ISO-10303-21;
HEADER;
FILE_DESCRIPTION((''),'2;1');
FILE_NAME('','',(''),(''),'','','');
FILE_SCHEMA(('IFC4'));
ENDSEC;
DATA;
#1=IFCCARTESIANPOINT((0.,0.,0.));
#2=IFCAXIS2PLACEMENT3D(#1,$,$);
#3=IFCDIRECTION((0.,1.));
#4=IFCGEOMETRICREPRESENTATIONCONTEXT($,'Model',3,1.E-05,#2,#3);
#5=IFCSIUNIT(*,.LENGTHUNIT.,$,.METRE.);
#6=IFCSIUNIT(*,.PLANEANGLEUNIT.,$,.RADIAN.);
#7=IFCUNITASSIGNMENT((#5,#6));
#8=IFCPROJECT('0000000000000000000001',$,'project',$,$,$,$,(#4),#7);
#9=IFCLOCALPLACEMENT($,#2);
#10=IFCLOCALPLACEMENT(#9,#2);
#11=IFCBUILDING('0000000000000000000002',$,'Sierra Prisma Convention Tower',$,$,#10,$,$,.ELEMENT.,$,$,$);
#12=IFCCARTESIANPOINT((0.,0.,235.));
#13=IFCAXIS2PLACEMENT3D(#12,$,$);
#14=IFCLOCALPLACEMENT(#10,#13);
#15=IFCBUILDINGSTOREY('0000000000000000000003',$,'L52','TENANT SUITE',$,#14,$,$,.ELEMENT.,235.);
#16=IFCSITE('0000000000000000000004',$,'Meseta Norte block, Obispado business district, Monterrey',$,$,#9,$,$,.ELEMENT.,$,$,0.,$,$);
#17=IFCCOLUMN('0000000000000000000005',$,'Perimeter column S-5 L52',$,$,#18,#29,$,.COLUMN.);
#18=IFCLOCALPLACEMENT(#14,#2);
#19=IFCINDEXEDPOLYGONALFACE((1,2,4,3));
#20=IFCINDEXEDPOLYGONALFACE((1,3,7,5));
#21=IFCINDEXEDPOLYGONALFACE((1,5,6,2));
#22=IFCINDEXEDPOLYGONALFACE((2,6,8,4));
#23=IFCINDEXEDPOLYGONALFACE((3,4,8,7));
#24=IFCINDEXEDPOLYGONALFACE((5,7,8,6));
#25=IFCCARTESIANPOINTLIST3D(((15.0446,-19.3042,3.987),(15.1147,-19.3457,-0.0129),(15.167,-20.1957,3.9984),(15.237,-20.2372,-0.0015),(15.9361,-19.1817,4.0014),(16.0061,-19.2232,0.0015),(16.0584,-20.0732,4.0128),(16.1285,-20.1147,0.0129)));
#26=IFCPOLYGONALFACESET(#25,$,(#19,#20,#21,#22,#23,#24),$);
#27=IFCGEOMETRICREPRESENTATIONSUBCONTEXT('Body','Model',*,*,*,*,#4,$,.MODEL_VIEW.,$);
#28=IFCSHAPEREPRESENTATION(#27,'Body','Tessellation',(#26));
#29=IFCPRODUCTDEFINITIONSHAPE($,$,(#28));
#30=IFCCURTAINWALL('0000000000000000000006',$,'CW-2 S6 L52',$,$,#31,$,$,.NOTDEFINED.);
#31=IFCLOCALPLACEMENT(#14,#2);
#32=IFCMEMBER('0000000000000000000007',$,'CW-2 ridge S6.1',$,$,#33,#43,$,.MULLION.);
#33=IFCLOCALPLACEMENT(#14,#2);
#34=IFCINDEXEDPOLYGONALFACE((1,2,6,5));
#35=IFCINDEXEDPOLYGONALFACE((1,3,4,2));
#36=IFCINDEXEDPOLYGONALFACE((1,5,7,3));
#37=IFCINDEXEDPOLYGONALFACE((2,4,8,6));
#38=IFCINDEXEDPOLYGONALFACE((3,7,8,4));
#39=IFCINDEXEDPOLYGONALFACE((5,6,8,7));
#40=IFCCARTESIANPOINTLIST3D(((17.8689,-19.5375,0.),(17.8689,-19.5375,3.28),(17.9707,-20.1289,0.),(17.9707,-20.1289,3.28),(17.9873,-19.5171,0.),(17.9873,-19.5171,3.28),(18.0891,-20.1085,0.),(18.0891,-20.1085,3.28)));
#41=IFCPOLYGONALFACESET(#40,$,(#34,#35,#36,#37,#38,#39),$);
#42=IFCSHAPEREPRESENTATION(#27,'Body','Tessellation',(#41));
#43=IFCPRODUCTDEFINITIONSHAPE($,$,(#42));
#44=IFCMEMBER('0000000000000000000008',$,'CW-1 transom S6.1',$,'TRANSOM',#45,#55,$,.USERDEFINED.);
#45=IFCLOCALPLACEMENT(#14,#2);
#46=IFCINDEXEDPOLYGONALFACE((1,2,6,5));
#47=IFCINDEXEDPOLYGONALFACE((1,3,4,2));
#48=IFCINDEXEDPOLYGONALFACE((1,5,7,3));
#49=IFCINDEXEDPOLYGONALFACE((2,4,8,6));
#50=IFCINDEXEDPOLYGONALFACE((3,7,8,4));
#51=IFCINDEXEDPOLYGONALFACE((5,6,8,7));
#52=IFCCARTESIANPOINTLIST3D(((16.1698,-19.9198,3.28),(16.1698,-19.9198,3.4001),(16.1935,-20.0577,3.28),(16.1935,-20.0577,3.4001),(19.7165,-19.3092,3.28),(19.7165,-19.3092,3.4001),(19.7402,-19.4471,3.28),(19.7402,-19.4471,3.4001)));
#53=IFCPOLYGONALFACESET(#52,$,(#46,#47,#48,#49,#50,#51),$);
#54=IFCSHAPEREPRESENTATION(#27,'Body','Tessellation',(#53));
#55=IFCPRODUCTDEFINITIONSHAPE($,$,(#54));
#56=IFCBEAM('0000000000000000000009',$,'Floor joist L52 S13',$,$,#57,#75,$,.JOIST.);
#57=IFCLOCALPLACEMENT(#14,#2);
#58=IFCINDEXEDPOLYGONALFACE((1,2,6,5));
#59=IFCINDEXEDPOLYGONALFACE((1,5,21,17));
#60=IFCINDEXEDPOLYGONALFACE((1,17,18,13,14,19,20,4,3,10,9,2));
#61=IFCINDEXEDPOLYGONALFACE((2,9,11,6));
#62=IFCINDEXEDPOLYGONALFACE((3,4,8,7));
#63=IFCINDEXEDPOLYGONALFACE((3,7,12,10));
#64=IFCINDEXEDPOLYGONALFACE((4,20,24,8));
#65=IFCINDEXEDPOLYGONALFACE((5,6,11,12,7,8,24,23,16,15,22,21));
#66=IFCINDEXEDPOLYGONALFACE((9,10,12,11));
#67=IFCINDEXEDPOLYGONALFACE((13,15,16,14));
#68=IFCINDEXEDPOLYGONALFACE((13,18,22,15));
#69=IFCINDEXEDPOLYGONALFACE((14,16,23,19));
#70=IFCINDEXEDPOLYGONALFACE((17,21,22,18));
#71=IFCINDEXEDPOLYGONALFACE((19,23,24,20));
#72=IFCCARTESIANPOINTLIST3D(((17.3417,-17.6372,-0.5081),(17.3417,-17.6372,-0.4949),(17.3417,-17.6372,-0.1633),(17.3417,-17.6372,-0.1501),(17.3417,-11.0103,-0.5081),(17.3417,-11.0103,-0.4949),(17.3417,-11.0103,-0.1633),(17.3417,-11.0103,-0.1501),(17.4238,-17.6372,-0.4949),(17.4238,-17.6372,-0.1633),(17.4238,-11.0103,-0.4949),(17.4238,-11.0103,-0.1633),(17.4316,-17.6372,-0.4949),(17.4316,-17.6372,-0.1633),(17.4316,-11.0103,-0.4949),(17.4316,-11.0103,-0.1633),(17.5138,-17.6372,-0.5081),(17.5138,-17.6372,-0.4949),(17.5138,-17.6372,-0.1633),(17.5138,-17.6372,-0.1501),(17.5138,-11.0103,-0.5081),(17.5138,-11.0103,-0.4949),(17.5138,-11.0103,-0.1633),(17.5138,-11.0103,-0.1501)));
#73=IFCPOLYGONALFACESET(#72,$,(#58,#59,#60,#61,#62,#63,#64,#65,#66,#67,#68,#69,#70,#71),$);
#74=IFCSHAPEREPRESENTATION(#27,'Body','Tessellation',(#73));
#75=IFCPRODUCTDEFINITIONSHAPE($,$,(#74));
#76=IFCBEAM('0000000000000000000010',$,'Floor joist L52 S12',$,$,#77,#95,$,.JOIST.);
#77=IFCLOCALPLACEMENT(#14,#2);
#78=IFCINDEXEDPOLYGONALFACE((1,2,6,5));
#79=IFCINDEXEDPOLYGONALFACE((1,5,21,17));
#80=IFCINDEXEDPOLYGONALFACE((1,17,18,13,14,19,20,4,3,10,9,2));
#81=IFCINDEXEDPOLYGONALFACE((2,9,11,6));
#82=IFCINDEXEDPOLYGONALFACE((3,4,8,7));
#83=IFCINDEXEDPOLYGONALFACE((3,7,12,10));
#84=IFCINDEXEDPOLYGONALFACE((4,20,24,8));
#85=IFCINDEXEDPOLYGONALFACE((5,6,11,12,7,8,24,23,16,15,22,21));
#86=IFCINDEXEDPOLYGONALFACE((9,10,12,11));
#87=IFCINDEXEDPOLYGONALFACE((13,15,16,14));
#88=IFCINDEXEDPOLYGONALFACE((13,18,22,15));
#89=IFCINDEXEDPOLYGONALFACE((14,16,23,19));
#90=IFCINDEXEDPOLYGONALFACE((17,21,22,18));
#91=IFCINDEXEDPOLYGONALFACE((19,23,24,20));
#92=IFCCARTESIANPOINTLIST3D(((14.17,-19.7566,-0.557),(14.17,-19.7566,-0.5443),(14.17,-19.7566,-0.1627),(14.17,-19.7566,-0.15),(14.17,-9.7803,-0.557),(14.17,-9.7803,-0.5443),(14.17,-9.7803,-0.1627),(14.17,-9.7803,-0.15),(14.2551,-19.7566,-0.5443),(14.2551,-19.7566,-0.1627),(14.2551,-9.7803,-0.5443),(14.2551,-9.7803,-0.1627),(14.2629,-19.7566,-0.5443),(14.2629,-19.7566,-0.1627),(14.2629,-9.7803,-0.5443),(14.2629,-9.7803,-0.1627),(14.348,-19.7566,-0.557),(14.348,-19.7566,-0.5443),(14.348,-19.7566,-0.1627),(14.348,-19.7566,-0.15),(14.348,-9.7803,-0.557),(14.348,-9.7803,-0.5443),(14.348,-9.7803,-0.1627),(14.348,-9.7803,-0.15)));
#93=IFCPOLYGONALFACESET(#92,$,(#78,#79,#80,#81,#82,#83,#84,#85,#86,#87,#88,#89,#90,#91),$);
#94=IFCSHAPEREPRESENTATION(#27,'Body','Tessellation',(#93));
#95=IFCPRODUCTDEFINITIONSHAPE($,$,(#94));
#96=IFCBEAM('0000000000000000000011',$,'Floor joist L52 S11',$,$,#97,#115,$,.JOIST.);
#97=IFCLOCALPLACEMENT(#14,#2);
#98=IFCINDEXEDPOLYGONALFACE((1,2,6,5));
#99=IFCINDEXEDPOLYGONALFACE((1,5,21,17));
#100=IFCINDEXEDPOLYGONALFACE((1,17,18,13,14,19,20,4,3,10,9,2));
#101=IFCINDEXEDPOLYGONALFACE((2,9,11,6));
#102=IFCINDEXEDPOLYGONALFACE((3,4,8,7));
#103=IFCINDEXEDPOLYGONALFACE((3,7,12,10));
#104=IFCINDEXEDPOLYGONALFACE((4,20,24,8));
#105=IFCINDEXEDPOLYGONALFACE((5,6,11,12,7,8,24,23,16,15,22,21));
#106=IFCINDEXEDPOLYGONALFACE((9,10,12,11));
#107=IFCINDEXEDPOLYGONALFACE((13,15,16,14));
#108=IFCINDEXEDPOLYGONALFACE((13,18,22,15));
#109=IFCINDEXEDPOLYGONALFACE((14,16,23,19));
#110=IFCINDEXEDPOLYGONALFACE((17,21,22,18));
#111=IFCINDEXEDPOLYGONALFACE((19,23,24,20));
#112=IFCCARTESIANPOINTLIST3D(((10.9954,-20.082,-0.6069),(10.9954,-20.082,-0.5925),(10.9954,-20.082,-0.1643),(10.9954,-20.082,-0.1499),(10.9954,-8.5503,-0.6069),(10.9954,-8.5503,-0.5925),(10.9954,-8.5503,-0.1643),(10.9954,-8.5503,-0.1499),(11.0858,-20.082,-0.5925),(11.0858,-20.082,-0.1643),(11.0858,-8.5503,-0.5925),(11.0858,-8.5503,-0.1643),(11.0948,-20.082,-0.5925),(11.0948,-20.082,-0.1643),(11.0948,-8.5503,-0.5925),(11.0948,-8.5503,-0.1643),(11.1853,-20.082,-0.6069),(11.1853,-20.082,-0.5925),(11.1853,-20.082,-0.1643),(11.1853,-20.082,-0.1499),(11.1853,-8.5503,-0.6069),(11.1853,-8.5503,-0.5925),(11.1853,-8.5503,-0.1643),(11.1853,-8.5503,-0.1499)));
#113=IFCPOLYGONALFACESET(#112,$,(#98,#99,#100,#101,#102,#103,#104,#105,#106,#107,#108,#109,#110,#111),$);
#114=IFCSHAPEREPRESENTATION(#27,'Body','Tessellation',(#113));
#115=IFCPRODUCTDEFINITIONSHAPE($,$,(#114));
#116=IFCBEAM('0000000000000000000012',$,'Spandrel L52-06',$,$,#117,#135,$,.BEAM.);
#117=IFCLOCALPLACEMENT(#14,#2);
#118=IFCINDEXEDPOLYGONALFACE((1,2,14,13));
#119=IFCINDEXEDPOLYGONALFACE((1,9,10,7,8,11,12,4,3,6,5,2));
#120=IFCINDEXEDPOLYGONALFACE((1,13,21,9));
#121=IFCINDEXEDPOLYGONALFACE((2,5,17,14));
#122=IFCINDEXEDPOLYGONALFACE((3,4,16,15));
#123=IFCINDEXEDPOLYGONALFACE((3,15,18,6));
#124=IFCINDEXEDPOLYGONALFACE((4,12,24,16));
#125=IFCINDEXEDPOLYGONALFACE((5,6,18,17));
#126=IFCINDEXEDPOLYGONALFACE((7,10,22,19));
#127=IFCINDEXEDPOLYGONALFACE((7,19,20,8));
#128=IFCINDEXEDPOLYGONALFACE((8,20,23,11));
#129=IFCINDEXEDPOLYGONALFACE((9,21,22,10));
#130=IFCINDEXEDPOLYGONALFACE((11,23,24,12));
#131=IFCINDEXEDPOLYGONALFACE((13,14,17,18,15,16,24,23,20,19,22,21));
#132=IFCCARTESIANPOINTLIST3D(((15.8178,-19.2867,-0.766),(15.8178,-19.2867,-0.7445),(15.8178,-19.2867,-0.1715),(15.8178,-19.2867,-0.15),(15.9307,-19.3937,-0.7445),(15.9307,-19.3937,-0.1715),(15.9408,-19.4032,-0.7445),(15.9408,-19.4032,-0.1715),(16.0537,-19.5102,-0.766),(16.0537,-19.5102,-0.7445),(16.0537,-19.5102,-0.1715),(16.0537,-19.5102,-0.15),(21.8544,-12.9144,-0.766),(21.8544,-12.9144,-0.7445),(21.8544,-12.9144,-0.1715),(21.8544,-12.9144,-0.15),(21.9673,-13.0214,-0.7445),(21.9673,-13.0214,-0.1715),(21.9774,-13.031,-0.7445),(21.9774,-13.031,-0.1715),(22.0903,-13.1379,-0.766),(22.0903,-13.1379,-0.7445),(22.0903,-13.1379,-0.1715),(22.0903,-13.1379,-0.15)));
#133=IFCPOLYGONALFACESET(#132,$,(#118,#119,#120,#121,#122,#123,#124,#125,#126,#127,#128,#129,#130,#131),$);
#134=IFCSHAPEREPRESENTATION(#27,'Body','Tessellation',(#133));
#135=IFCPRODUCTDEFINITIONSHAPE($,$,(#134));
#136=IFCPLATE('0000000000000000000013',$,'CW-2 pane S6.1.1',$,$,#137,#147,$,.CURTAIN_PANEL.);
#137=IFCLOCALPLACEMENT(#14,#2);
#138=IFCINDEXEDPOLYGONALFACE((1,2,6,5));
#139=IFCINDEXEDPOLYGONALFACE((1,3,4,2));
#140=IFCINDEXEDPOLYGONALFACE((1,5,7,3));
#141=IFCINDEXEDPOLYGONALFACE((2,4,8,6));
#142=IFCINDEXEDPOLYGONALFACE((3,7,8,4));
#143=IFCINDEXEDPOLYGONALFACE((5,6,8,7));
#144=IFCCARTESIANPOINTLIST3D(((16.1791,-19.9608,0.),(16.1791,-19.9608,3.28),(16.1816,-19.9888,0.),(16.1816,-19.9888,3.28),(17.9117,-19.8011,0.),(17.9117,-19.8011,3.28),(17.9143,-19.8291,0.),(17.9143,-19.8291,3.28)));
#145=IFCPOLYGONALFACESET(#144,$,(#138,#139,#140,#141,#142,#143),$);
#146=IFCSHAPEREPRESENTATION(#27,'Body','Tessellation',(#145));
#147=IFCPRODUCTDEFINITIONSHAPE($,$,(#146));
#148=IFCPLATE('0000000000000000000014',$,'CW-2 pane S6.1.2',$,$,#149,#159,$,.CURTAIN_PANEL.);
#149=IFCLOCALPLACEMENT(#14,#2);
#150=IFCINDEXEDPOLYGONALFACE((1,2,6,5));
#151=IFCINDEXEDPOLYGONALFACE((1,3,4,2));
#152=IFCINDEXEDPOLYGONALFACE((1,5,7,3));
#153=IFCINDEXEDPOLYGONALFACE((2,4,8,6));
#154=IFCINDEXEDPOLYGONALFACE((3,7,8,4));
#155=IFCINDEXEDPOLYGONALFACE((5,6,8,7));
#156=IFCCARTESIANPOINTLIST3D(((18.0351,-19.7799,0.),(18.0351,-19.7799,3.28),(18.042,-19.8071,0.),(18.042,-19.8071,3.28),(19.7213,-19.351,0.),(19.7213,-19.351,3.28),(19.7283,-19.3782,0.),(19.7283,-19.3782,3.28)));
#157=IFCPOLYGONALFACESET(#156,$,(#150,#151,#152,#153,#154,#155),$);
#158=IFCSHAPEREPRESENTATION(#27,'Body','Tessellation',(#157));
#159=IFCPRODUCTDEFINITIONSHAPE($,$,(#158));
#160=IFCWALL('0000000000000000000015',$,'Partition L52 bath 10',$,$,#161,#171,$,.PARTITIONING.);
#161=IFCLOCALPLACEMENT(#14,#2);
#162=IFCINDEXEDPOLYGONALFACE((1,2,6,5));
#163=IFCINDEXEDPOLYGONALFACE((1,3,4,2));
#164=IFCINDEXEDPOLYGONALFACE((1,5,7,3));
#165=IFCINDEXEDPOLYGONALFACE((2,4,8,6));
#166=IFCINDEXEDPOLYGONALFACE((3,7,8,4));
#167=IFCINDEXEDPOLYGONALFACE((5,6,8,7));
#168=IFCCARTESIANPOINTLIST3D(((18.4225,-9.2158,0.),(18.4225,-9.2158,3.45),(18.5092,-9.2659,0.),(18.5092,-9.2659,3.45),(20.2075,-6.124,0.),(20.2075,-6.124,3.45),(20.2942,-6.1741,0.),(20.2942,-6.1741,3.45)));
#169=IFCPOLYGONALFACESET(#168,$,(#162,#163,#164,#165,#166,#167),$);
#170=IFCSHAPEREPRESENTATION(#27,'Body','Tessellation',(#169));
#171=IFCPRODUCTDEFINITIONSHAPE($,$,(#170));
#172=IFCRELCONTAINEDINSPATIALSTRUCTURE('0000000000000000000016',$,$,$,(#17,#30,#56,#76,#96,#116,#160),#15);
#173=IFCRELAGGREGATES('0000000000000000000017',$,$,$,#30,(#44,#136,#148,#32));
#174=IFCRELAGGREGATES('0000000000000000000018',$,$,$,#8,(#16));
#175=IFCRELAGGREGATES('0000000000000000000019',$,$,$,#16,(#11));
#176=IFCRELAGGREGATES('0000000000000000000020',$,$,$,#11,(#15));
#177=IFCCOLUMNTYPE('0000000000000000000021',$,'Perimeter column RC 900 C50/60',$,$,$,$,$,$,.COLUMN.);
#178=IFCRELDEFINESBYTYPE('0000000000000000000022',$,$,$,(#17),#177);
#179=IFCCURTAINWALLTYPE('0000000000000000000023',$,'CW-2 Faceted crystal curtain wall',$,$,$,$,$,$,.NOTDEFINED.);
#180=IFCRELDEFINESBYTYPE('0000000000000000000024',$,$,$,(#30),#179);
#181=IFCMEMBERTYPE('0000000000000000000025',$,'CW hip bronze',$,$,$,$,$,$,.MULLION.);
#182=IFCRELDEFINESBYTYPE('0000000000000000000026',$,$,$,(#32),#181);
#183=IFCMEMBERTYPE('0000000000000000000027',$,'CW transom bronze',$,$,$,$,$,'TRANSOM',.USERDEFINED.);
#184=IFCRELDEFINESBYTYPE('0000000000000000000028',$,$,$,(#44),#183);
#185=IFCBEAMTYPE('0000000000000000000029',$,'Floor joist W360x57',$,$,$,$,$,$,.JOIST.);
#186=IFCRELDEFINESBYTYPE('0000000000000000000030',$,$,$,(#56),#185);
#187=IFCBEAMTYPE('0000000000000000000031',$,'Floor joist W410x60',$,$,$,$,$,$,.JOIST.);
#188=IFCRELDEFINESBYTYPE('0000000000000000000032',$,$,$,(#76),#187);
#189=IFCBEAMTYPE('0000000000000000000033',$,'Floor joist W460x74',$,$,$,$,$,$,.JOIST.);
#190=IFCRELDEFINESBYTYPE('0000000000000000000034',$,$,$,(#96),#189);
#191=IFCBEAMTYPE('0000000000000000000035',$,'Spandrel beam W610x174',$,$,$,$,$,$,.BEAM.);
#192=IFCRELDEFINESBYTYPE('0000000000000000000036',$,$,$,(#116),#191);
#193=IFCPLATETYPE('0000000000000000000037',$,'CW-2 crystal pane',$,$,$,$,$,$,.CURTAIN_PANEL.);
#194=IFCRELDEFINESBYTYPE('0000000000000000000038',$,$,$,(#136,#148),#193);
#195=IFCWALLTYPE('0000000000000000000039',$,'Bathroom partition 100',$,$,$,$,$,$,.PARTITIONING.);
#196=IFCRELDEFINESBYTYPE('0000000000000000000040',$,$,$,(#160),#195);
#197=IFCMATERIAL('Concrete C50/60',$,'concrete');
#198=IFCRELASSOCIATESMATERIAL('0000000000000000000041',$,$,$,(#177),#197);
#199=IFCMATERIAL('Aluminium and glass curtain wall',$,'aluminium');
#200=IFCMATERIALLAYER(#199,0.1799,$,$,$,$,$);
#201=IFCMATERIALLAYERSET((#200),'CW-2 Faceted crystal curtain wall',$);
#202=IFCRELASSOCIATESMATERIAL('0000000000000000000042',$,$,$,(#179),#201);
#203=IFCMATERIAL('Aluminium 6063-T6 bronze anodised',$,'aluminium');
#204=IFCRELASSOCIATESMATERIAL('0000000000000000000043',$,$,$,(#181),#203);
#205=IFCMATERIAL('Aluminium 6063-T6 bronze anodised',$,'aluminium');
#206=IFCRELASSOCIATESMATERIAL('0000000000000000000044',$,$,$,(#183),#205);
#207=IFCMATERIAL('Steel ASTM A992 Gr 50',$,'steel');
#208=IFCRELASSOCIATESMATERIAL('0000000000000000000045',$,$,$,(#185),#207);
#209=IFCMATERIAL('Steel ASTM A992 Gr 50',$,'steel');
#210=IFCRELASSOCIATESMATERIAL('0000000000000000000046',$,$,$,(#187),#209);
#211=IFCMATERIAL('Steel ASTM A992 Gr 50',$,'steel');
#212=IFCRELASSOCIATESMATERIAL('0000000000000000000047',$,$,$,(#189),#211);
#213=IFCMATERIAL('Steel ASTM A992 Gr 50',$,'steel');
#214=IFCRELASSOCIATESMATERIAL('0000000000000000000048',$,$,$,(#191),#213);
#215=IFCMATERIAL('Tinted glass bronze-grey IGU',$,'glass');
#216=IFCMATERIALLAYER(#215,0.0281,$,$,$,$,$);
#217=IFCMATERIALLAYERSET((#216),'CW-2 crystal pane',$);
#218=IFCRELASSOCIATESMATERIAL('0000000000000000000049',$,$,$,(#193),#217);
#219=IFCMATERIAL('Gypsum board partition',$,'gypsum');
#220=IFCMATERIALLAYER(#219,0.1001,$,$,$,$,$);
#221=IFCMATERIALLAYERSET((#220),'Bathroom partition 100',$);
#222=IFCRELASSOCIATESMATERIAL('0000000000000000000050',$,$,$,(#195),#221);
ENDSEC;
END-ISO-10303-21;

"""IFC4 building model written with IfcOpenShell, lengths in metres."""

from ifc_helpers import new_model, si_unit, direction, frame, frame_2d, origin, origin_2d, place, context, subcontext, project, spatial, polyline, rectangle, i_section, outline, extrude, material, layer, layer_set, material_profile, profile_set, type_object, element, aggregate, save


model = new_model("IFC4")

# Units and contexts
model_context = context("Model", 3, precision=1e-05, world=origin(), true_north=direction((0.0, 1.0)))
body_context = subcontext(model_context, "Body", "Model", "MODEL_VIEW")
ifc_project = project(units=[si_unit("LENGTHUNIT", "METRE"), si_unit("PLANEANGLEUNIT", "RADIAN")], contexts=[model_context])

# Site, building, storey
site_placement = place(None, origin())
site = spatial("IfcSite", under=ifc_project, at=site_placement, Name="Meseta Norte block, Obispado business district, Monterrey", CompositionType="ELEMENT", RefElevation=0.0)
building_placement = place(site_placement, origin())
building = spatial("IfcBuilding", under=site, at=building_placement, Name="Sierra Prisma Convention Tower", CompositionType="ELEMENT")
storey_placement = place(building_placement, frame((0.0, 0.0, 235.0)))
storey = spatial("IfcBuildingStorey", under=building, at=storey_placement, Name="L52", Description="TENANT SUITE", CompositionType="ELEMENT", Elevation=235.0)

# Column
ifc_material_1 = material(Name="Concrete C50/60", Category="concrete")
ifc_material_profile_1 = material_profile(ifc_material_1, rectangle(XDim=0.8999, YDim=0.8999, at=origin_2d()), Name="Perimeter column RC 900 C50/60")
ifc_profile_set_1 = profile_set([ifc_material_profile_1], Name="Concrete C50/60")
column_type = type_object("IfcColumnType", Name="Perimeter column RC 900 C50/60", PredefinedType="COLUMN", material=ifc_profile_set_1)
column_placement = place(storey_placement, frame((15.6216, -19.7302, 0.0), z_axis=(-0.017513, 0.010374, 0.999793), x_axis=(0.990562, 0.136134, 0.015939)))
element("IfcColumn", 1, at=column_placement, inside=storey, type_object=column_type, Name="Perimeter column S-5 L52", PredefinedType="COLUMN", context=body_context, shape_type="SweptSolid", body=[
    extrude(rectangle(XDim=0.8999, YDim=0.8999, at=origin_2d()), origin(), (0.0, 0.0, 1.0), 4.0007),
])

# Curtain wall, members
ifc_material_2 = material(Name="Aluminium and glass curtain wall", Category="aluminium")
ifc_layer_1 = layer(ifc_material_2, 0.1799)
ifc_layer_set_1 = layer_set([ifc_layer_1], Name="CW-2 Faceted crystal curtain wall")
curtain_wall_type = type_object("IfcCurtainWallType", Name="CW-2 Faceted crystal curtain wall", PredefinedType="NOTDEFINED", material=ifc_layer_set_1)
curtain_wall_placement = place(storey_placement, origin())
curtain_wall = element("IfcCurtainWall", 2, at=curtain_wall_placement, inside=storey, type_object=curtain_wall_type, Name="CW-2 S6 L52", PredefinedType="NOTDEFINED")
ifc_material_3 = material(Name="Aluminium 6063-T6 bronze anodised", Category="aluminium")
ifc_material_profile_2 = material_profile(ifc_material_3, rectangle(XDim=0.1201, YDim=0.6001, at=origin_2d()), Name="ALU RIDGE BLADE 120x600")
ifc_profile_set_2 = profile_set([ifc_material_profile_2], Name="Aluminium 6063-T6 bronze anodised")
member_type_1 = type_object("IfcMemberType", Name="CW hip bronze", PredefinedType="MULLION", material=ifc_profile_set_2)
member_1_placement = place(storey_placement, frame((17.979, -19.823, 0.0), z_axis=(0.0, 0.0, 1.0), x_axis=(0.985504, 0.169655, 0.0)))
member_1 = element("IfcMember", 3, at=member_1_placement, type_object=member_type_1, Name="CW-2 ridge S6.1", PredefinedType="MULLION", context=body_context, shape_type="SweptSolid", body=[
    extrude(rectangle(XDim=0.1201, YDim=0.6001, at=origin_2d()), origin(), (0.0, 0.0, 1.0), 3.28),
])
ifc_material_4 = material(Name="Aluminium 6063-T6 bronze anodised", Category="aluminium")
ifc_material_profile_3 = material_profile(ifc_material_4, rectangle(XDim=0.1399, YDim=0.1201, at=origin_2d()), Name="ALU TRANSOM 120x140")
ifc_profile_set_3 = profile_set([ifc_material_profile_3], Name="Aluminium 6063-T6 bronze anodised")
member_type_2 = type_object("IfcMemberType", Name="CW transom bronze", ElementType="TRANSOM", PredefinedType="USERDEFINED", material=ifc_profile_set_3)
member_2_placement = place(storey_placement, frame((16.1816, -19.9888, 3.3401), z_axis=(0.985502, 0.169666, 0.0), x_axis=(-0.169666, 0.985502, 0.0)))
member_2 = element("IfcMember", 4, at=member_2_placement, type_object=member_type_2, Name="CW-1 transom S6.1", ObjectType="TRANSOM", PredefinedType="USERDEFINED", context=body_context, shape_type="SweptSolid", body=[
    extrude(rectangle(XDim=0.1399, YDim=0.1201, at=origin_2d()), origin(), (0.0, 0.0, 1.0), 3.5989),
])

# Beams
ifc_material_5 = material(Name="Steel ASTM A992 Gr 50", Category="steel")
ifc_material_profile_4 = material_profile(ifc_material_5, i_section(OverallWidth=0.1721, OverallDepth=0.3579, WebThickness=0.0078, FlangeThickness=0.0132, at=origin_2d()), Name="W360x57")
ifc_profile_set_4 = profile_set([ifc_material_profile_4], Name="Steel ASTM A992 Gr 50")
beam_type_1 = type_object("IfcBeamType", Name="Floor joist W360x57", PredefinedType="JOIST", material=ifc_profile_set_4)
beam_1_placement = place(storey_placement, frame((17.4277, -17.6372, -0.3291), z_axis=(0.0, 1.0, 0.0), x_axis=(-1.0, 0.0, 0.0)))
element("IfcBeam", 5, at=beam_1_placement, inside=storey, type_object=beam_type_1, Name="Floor joist L52 S13", PredefinedType="JOIST", context=body_context, shape_type="SweptSolid", body=[
    extrude(i_section(OverallWidth=0.1721, OverallDepth=0.3579, WebThickness=0.0078, FlangeThickness=0.0132, at=origin_2d()), origin(), (0.0, 0.0, 1.0), 6.627),
])
ifc_material_6 = material(Name="Steel ASTM A992 Gr 50", Category="steel")
ifc_material_profile_5 = material_profile(ifc_material_6, i_section(OverallWidth=0.178, OverallDepth=0.407, WebThickness=0.0078, FlangeThickness=0.0127, at=origin_2d()), Name="W410x60")
ifc_profile_set_5 = profile_set([ifc_material_profile_5], Name="Steel ASTM A992 Gr 50")
beam_type_2 = type_object("IfcBeamType", Name="Floor joist W410x60", PredefinedType="JOIST", material=ifc_profile_set_5)
beam_2_placement = place(storey_placement, frame((14.259, -19.7566, -0.3535), z_axis=(0.0, 1.0, 0.0), x_axis=(-1.0, 0.0, 0.0)))
element("IfcBeam", 6, at=beam_2_placement, inside=storey, type_object=beam_type_2, Name="Floor joist L52 S12", PredefinedType="JOIST", context=body_context, shape_type="SweptSolid", body=[
    extrude(i_section(OverallWidth=0.178, OverallDepth=0.407, WebThickness=0.0078, FlangeThickness=0.0127, at=origin_2d()), origin(), (0.0, 0.0, 1.0), 9.9763),
])
ifc_material_7 = material(Name="Steel ASTM A992 Gr 50", Category="steel")
ifc_material_profile_6 = material_profile(ifc_material_7, i_section(OverallWidth=0.1899, OverallDepth=0.457, WebThickness=0.009, FlangeThickness=0.0144, at=origin_2d()), Name="W460x74")
ifc_profile_set_6 = profile_set([ifc_material_profile_6], Name="Steel ASTM A992 Gr 50")
beam_type_3 = type_object("IfcBeamType", Name="Floor joist W460x74", PredefinedType="JOIST", material=ifc_profile_set_6)
beam_3_placement = place(storey_placement, frame((11.0903, -20.082, -0.3784), z_axis=(0.0, 1.0, 0.0), x_axis=(-1.0, 0.0, 0.0)))
element("IfcBeam", 7, at=beam_3_placement, inside=storey, type_object=beam_type_3, Name="Floor joist L52 S11", PredefinedType="JOIST", context=body_context, shape_type="SweptSolid", body=[
    extrude(i_section(OverallWidth=0.1899, OverallDepth=0.457, WebThickness=0.009, FlangeThickness=0.0144, at=origin_2d()), origin(), (0.0, 0.0, 1.0), 11.5317),
])
ifc_material_8 = material(Name="Steel ASTM A992 Gr 50", Category="steel")
ifc_material_profile_7 = material_profile(ifc_material_8, i_section(OverallWidth=0.325, OverallDepth=0.616, WebThickness=0.0139, FlangeThickness=0.0215, at=origin_2d()), Name="W610x174")
ifc_profile_set_7 = profile_set([ifc_material_profile_7], Name="Steel ASTM A992 Gr 50")
beam_type_4 = type_object("IfcBeamType", Name="Spandrel beam W610x174", PredefinedType="BEAM", material=ifc_profile_set_7)
beam_4_placement = place(storey_placement, frame((15.9358, -19.3984, -0.458), z_axis=(0.687726, 0.72597, 0.0), x_axis=(-0.72597, 0.687726, 0.0)))
element("IfcBeam", 8, at=beam_4_placement, inside=storey, type_object=beam_type_4, Name="Spandrel L52-06", PredefinedType="BEAM", context=body_context, shape_type="SweptSolid", body=[
    extrude(i_section(OverallWidth=0.325, OverallDepth=0.616, WebThickness=0.0139, FlangeThickness=0.0215, at=origin_2d()), origin(), (0.0, 0.0, 1.0), 8.7776),
])

# Plates
ifc_material_9 = material(Name="Tinted glass bronze-grey IGU", Category="glass")
ifc_layer_2 = layer(ifc_material_9, 0.0281)
ifc_layer_set_2 = layer_set([ifc_layer_2], Name="CW-2 crystal pane")
plate_type = type_object("IfcPlateType", Name="CW-2 crystal pane", PredefinedType="CURTAIN_PANEL", material=ifc_layer_set_2)
plate_1_placement = place(storey_placement, frame((16.1816, -19.9888, 0.0), z_axis=(0.091763, -0.995781, 0.0), x_axis=(0.995781, 0.091763, 0.0)))
plate_1 = element("IfcPlate", 9, at=plate_1_placement, type_object=plate_type, Name="CW-2 pane S6.1.1", PredefinedType="CURTAIN_PANEL", context=body_context, shape_type="SweptSolid", body=[
    extrude(outline(polyline([(0.0, 0.0), (1.74, 0.0), (1.74, 3.28), (0.0, 3.28), (0.0, 0.0)])), origin(), (0.0, 0.0, -1.0), 0.0281),
])
plate_2_placement = place(storey_placement, frame((19.7283, -19.3782, 0.0), z_axis=(0.246528, -0.969136, 0.0), x_axis=(-0.969136, -0.246528, 0.0)))
plate_2 = element("IfcPlate", 10, at=plate_2_placement, type_object=plate_type, Name="CW-2 pane S6.1.2", PredefinedType="CURTAIN_PANEL", context=body_context, shape_type="SweptSolid", body=[
    extrude(outline(polyline([(0.0, 0.0), (1.74, 0.0), (1.74, -3.28), (0.0, -3.28), (0.0, 0.0)])), origin(), (0.0, 0.0, -1.0), 0.0281),
])
aggregate(curtain_wall, [member_2, plate_1, plate_2, member_1])

# Wall
ifc_material_10 = material(Name="Gypsum board partition", Category="gypsum")
ifc_layer_3 = layer(ifc_material_10, 0.1001)
ifc_layer_set_3 = layer_set([ifc_layer_3], Name="Bathroom partition 100")
wall_type_1 = type_object("IfcWallType", Name="Bathroom partition 100", PredefinedType="PARTITIONING", material=ifc_layer_set_3)
wall_1_placement = place(storey_placement, frame((18.4658, -9.241, 0.0), z_axis=(0.0, 0.0, 1.0), x_axis=(0.499971, 0.866042, 0.0)))
element("IfcWall", 11, at=wall_1_placement, inside=storey, type_object=wall_type_1, Name="Partition L52 bath 10", PredefinedType="PARTITIONING", context=body_context, shape_type="SweptSolid", body=[
    extrude(rectangle(XDim=3.5701, YDim=0.1001, at=frame_2d((1.7852, 0.0))), origin(), (0.0, 0.0, 1.0), 3.45),
])

save(model, "model.ifc")
